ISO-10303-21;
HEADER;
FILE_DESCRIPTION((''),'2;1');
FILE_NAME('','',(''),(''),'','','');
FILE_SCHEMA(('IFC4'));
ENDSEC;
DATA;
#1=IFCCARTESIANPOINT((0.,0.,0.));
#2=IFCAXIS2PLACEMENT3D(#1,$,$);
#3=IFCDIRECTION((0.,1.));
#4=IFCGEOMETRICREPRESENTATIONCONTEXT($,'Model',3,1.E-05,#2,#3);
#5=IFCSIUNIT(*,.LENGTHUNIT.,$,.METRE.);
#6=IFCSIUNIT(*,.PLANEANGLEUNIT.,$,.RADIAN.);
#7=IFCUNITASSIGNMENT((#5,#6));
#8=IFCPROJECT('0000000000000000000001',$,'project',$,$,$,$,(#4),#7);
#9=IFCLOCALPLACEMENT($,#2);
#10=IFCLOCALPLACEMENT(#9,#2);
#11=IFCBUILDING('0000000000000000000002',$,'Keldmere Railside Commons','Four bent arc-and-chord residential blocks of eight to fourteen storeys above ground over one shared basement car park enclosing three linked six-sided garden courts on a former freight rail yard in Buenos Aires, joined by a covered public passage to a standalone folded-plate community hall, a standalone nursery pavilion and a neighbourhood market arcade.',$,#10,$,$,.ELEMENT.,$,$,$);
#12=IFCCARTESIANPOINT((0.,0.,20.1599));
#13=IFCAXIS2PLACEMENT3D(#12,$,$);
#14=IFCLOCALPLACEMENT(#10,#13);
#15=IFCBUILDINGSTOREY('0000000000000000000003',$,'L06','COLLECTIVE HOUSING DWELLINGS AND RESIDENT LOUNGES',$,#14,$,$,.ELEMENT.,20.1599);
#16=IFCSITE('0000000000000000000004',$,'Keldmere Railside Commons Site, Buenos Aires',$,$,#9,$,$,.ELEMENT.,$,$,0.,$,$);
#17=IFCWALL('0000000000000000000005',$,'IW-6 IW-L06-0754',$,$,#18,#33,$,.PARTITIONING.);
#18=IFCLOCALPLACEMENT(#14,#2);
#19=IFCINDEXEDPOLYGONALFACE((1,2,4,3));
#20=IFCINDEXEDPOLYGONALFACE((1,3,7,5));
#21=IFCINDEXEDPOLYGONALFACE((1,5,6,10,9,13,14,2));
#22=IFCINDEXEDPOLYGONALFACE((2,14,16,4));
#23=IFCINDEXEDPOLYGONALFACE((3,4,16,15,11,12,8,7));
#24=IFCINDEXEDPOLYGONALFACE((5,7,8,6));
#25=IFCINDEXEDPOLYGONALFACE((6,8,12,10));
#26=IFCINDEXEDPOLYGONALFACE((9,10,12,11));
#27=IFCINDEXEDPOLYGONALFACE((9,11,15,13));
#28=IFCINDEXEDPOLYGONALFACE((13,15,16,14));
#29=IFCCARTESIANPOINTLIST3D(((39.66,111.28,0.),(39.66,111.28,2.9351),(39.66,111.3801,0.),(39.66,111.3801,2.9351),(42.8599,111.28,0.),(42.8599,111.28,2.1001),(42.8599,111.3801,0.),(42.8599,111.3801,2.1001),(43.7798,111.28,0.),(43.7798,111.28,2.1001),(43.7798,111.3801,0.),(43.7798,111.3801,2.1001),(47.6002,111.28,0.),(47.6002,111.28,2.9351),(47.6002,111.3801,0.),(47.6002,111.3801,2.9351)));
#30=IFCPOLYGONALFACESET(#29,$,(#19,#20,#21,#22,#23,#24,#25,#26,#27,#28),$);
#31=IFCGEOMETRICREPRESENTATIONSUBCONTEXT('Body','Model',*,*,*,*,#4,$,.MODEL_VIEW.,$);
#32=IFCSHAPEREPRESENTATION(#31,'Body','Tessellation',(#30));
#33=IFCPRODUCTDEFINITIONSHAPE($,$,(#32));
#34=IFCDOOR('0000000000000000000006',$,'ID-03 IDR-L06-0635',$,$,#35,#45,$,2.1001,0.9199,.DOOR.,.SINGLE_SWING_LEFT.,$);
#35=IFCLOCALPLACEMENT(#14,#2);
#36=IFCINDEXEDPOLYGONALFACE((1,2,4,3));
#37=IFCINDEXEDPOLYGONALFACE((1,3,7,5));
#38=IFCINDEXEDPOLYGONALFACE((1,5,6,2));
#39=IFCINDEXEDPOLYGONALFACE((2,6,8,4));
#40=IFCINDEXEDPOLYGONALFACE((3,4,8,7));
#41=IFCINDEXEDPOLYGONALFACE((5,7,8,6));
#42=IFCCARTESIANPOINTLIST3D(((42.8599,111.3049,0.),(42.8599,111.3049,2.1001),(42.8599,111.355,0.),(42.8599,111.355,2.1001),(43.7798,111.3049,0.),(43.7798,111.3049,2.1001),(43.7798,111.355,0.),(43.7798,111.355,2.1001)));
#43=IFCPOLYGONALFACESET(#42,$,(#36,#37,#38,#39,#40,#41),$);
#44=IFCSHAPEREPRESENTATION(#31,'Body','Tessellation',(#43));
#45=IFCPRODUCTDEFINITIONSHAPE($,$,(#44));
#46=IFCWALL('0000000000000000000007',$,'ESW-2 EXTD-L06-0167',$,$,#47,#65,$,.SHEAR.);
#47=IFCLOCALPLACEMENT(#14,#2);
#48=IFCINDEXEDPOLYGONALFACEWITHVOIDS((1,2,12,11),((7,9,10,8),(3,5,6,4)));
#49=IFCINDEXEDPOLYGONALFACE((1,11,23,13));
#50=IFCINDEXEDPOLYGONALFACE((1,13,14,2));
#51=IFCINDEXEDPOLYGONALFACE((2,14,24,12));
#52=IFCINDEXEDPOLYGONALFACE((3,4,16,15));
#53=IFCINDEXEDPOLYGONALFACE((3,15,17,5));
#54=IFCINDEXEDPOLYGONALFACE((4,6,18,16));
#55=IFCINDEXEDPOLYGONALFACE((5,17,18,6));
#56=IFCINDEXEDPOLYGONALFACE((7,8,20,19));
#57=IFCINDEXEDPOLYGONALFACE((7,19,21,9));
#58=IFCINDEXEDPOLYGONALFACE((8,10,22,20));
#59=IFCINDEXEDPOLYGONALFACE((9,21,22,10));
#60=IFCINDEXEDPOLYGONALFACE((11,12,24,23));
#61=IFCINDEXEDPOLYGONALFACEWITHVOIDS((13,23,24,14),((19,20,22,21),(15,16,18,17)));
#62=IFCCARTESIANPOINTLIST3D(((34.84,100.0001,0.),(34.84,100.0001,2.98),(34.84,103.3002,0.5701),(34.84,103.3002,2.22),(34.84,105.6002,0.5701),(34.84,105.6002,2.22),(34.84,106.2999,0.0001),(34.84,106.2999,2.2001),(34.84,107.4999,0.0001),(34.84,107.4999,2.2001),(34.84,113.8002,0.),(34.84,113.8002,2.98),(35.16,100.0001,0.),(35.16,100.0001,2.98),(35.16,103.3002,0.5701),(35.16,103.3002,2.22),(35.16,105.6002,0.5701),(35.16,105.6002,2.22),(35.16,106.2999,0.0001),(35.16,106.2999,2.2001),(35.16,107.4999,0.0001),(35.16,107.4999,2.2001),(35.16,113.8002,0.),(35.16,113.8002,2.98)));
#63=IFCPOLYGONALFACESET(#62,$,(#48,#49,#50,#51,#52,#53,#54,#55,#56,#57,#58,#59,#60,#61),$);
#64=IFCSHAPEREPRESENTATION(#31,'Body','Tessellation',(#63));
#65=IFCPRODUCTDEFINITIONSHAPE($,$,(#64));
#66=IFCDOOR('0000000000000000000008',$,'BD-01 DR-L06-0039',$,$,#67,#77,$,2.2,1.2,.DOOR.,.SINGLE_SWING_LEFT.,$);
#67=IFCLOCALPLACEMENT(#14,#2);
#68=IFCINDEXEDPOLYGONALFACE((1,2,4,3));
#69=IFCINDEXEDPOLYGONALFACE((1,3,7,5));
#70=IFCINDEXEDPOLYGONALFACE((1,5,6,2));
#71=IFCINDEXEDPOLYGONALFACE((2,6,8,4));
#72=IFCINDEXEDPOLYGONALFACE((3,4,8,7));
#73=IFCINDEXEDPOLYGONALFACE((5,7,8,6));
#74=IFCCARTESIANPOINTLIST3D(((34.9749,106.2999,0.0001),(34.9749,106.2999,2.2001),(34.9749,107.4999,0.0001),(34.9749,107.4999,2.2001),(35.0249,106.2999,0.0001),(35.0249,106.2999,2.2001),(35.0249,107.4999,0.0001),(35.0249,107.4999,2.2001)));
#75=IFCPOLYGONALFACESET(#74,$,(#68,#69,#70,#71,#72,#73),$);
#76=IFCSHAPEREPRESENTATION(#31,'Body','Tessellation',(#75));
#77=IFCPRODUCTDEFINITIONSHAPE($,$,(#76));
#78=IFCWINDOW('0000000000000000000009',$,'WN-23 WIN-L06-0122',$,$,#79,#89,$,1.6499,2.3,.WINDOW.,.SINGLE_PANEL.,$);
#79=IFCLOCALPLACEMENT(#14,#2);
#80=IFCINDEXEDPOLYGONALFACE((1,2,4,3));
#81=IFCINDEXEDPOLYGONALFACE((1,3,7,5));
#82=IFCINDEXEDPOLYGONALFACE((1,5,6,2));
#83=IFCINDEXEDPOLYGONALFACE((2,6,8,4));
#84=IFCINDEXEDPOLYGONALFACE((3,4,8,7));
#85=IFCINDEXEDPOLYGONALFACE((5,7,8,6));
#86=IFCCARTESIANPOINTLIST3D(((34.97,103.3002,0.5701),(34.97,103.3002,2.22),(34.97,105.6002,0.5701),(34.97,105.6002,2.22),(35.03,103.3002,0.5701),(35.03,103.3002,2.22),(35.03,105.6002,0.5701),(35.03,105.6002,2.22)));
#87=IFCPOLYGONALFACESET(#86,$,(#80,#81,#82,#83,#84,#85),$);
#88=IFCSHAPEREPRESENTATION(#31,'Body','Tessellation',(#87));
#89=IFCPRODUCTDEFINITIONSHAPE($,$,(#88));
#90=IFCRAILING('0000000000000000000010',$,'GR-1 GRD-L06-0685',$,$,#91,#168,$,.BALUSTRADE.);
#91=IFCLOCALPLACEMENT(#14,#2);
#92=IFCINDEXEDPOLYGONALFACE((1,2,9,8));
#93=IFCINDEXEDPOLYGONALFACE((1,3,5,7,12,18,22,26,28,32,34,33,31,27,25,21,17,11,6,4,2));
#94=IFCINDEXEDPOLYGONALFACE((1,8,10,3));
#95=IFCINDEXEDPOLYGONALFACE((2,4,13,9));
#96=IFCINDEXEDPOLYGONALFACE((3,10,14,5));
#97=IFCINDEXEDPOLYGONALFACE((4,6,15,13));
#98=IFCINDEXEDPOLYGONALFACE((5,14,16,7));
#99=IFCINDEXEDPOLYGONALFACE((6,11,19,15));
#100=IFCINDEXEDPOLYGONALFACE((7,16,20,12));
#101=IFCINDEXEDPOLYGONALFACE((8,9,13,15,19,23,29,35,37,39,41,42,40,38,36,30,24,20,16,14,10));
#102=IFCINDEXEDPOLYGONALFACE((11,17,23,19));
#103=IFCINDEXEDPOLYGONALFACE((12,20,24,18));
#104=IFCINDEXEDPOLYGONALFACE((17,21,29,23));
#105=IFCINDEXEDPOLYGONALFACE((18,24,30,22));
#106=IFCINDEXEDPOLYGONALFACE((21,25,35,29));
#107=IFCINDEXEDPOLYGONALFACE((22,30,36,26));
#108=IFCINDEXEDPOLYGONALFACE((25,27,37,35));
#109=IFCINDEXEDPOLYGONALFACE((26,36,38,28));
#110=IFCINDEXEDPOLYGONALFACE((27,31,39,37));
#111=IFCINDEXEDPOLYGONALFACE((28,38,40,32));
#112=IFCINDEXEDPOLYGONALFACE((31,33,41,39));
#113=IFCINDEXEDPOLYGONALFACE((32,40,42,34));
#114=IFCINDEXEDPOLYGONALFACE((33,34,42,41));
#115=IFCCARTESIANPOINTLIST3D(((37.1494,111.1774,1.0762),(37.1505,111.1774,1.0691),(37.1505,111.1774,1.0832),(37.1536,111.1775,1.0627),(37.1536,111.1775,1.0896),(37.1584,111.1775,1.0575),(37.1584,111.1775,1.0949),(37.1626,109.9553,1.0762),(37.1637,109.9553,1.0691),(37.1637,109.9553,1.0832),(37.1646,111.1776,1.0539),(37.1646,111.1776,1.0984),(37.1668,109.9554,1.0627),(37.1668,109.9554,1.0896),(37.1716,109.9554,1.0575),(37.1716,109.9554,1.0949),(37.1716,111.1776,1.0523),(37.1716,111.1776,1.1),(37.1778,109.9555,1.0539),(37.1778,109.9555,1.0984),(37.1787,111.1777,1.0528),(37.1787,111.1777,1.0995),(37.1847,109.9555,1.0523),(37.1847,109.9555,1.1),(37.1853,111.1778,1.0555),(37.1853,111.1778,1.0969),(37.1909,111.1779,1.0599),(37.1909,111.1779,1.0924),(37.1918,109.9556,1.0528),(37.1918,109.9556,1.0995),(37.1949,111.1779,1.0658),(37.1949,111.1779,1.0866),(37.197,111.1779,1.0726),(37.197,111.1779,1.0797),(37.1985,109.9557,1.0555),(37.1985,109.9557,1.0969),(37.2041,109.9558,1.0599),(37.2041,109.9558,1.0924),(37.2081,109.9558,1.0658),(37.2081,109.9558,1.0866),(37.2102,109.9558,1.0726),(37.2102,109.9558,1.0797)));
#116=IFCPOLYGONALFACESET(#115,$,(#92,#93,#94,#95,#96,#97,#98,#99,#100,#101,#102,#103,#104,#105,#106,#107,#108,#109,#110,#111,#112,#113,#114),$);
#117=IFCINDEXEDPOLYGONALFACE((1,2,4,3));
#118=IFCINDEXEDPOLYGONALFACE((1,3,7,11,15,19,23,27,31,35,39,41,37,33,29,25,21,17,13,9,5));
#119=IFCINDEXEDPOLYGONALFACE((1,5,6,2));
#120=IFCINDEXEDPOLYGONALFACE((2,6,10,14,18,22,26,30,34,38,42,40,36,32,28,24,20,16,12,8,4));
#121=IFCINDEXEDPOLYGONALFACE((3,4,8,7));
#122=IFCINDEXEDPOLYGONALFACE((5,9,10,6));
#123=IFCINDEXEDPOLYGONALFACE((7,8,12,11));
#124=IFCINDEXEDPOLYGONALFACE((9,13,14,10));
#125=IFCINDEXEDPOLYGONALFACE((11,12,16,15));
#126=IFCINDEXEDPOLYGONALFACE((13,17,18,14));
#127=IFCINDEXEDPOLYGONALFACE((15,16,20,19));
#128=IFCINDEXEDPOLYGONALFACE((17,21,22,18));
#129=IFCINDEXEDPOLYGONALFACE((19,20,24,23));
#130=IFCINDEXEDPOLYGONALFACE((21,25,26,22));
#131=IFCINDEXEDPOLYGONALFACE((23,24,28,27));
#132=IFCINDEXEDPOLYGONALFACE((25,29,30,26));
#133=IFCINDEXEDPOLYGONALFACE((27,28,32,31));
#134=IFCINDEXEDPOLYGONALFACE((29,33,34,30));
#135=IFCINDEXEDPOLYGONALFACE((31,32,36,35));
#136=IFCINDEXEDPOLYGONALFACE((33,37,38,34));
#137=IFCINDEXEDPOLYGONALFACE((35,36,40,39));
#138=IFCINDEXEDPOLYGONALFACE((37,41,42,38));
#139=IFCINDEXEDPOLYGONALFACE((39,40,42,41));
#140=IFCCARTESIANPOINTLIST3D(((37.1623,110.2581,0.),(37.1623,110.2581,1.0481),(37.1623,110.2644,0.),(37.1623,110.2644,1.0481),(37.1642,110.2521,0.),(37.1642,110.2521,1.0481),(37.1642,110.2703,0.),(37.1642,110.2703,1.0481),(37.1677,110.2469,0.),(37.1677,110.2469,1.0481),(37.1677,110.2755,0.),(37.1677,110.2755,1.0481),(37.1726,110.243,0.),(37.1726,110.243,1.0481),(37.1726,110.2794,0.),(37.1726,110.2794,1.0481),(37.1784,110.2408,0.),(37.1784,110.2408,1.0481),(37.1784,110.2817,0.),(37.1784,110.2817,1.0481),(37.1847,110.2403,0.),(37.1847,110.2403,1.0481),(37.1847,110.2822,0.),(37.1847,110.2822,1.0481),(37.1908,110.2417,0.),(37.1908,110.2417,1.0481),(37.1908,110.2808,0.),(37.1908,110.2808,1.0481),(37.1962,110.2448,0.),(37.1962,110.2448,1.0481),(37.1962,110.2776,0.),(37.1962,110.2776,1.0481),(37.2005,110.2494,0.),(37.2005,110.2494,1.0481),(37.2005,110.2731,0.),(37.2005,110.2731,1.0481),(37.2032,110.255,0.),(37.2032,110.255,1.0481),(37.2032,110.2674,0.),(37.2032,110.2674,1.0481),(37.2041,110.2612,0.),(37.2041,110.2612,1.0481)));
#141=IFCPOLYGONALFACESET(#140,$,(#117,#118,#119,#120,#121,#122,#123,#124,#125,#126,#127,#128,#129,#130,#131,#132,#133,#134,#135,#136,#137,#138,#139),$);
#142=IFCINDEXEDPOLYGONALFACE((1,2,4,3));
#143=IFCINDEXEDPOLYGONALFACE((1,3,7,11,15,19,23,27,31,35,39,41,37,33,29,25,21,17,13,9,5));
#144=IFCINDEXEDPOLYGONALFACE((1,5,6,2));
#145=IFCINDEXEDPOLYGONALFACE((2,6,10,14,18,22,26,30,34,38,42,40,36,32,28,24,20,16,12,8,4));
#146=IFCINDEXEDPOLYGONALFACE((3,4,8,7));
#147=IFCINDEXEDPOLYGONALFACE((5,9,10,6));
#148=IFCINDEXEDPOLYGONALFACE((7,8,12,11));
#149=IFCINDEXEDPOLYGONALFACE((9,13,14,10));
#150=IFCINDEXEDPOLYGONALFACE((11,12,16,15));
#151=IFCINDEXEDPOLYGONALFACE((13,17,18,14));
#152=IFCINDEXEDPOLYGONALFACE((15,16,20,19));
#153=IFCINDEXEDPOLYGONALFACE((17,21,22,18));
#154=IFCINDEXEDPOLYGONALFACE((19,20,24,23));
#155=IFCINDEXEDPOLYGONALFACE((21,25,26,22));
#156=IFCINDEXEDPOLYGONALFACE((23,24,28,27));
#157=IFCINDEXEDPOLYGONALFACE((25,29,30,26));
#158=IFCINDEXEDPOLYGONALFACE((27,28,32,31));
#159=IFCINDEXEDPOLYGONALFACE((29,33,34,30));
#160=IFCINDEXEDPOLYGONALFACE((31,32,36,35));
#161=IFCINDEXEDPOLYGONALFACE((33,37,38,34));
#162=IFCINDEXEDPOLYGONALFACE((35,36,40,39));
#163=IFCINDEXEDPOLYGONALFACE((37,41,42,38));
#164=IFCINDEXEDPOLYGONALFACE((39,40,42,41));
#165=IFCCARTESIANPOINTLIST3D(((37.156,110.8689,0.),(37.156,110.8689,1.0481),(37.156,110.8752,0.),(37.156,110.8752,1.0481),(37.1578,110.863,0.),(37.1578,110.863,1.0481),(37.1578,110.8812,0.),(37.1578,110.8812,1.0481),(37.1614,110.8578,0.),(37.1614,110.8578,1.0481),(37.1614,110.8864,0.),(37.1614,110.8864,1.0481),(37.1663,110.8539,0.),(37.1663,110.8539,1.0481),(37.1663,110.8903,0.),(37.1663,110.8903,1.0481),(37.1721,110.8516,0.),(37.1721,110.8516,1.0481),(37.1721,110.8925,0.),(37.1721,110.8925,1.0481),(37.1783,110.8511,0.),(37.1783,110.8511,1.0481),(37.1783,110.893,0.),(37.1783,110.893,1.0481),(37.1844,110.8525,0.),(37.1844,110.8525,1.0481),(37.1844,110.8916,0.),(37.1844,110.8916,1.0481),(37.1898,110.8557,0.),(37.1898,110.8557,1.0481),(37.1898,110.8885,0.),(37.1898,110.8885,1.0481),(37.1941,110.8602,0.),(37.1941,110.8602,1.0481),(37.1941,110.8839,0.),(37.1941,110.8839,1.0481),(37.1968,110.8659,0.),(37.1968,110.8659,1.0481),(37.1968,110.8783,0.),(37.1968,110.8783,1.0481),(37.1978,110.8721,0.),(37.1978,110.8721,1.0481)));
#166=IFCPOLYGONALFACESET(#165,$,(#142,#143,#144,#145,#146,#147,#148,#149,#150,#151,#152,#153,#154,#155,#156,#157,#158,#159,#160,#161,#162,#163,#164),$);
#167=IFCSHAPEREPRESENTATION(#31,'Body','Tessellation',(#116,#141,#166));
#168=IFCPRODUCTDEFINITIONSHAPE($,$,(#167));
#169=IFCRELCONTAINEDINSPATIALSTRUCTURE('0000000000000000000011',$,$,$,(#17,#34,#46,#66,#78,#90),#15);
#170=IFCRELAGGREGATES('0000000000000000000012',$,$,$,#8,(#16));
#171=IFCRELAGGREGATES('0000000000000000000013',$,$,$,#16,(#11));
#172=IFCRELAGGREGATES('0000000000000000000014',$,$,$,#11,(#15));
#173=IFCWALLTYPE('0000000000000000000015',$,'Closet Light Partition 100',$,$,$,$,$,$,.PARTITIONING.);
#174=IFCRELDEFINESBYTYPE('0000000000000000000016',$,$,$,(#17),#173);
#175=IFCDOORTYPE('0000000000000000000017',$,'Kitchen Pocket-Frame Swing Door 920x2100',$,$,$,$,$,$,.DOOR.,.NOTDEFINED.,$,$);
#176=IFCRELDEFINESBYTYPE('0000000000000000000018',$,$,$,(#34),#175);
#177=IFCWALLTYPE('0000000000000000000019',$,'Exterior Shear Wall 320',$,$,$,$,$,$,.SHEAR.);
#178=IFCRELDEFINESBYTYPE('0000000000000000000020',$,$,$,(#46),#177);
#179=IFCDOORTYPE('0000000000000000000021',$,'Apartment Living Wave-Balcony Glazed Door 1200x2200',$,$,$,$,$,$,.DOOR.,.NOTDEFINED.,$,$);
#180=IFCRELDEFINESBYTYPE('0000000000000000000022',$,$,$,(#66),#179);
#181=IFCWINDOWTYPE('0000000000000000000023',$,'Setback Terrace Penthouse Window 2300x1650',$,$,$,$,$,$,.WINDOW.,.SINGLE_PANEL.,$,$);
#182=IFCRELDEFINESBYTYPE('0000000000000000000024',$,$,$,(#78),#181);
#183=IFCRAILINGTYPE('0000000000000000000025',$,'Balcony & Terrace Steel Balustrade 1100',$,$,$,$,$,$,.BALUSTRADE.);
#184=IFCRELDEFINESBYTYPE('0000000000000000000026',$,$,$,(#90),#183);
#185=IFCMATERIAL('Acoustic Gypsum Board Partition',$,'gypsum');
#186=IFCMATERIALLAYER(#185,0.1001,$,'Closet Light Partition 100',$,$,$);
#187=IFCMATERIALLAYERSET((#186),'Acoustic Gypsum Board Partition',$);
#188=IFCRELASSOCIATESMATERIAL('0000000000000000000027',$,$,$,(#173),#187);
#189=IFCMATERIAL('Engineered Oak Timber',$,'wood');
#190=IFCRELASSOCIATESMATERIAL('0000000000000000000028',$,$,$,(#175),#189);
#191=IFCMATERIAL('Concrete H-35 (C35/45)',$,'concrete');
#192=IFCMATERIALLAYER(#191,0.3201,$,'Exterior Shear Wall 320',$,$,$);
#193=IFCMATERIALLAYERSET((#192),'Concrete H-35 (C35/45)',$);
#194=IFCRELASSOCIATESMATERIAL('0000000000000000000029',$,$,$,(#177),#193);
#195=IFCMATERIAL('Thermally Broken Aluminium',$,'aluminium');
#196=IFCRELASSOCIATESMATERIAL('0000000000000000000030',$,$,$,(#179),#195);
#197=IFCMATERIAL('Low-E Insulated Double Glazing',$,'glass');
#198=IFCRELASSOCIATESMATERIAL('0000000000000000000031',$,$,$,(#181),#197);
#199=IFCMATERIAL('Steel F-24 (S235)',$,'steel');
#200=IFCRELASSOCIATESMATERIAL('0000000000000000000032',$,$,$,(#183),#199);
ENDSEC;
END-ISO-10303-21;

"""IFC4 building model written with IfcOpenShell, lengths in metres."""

from ifc_helpers import new_model, si_unit, direction, frame, frame_2d, origin, origin_2d, place, context, subcontext, project, spatial, rectangle, circle, extrude, material, layer, layer_set, type_object, element, fill, save


model = new_model("IFC4")

# Units and contexts
model_context = context("Model", 3, precision=1e-05, world=origin(), true_north=direction((0.0, 1.0)))
body_context = subcontext(model_context, "Body", "Model", "MODEL_VIEW")
ifc_project = project(units=[si_unit("LENGTHUNIT", "METRE"), si_unit("PLANEANGLEUNIT", "RADIAN")], contexts=[model_context])

# Site, building, storey
site_placement = place(None, origin())
site = spatial("IfcSite", under=ifc_project, at=site_placement, Name="Keldmere Railside Commons Site, Buenos Aires", CompositionType="ELEMENT", RefElevation=0.0)
building_placement = place(site_placement, origin())
building = spatial("IfcBuilding", under=site, at=building_placement, Name="Keldmere Railside Commons", Description="Four bent arc-and-chord residential blocks of eight to fourteen storeys above ground over one shared basement car park enclosing three linked six-sided garden courts on a former freight rail yard in Buenos Aires, joined by a covered public passage to a standalone folded-plate community hall, a standalone nursery pavilion and a neighbourhood market arcade.", CompositionType="ELEMENT")
storey_placement = place(building_placement, frame((0.0, 0.0, 20.1599)))
storey = spatial("IfcBuildingStorey", under=building, at=storey_placement, Name="L06", Description="COLLECTIVE HOUSING DWELLINGS AND RESIDENT LOUNGES", CompositionType="ELEMENT", Elevation=20.1599)

# Wall, opening, door
ifc_material_1 = material(Name="Acoustic Gypsum Board Partition", Category="gypsum")
ifc_layer_1 = layer(ifc_material_1, 0.1001, Name="Closet Light Partition 100")
ifc_layer_set_1 = layer_set([ifc_layer_1], Name="Acoustic Gypsum Board Partition")
wall_type_1 = type_object("IfcWallType", Name="Closet Light Partition 100", PredefinedType="PARTITIONING", material=ifc_layer_set_1)
wall_1_placement = place(storey_placement, frame((39.6599, 111.3301, 0.0), z_axis=(0.0, 0.0, 1.0), x_axis=(1.0, 0.0, 0.0)))
wall_1 = element("IfcWall", 1, at=wall_1_placement, inside=storey, type_object=wall_type_1, Name="IW-6 IW-L06-0754", PredefinedType="PARTITIONING", context=body_context, shape_type="SweptSolid", body=[
    extrude(rectangle(XDim=7.9402, YDim=0.1001, at=frame_2d((3.9702, 0.0))), origin(), (0.0, 0.0, 1.0), 2.9351),
])
opening_1_placement = place(wall_1_placement, frame((3.2, 0.0, 0.0)))
opening_1 = element("IfcOpeningElement", 2, at=opening_1_placement, cuts=wall_1, PredefinedType="OPENING", context=body_context, shape_type="SweptSolid", body=[
    extrude(rectangle(XDim=0.9199, YDim=2.1001, at=frame_2d((0.46, 1.05))), frame((0.0, 0.0601, 0.0), z_axis=(0.0, -1.0, 0.0), x_axis=(1.0, 0.0, 0.0)), (0.0, 0.0, 1.0), 0.1201),
])
ifc_material_2 = material(Name="Engineered Oak Timber", Category="wood")
door_type_1 = type_object("IfcDoorType", Name="Kitchen Pocket-Frame Swing Door 920x2100", OperationType="NOTDEFINED", PredefinedType="DOOR", material=ifc_material_2)
door_1_placement = place(opening_1_placement, origin())
door_1 = element("IfcDoor", 3, at=door_1_placement, inside=storey, type_object=door_type_1, Name="ID-03 IDR-L06-0635", OperationType="SINGLE_SWING_LEFT", OverallHeight=2.1001, OverallWidth=0.9199, PredefinedType="DOOR", context=body_context, shape_type="SweptSolid", body=[
    extrude(rectangle(XDim=0.9199, YDim=2.1001, at=frame_2d((0.46, 1.05))), frame((0.0, 0.0249, 0.0), z_axis=(0.0, -1.0, 0.0), x_axis=(1.0, 0.0, 0.0)), (0.0, 0.0, 1.0), 0.05),
])
fill(opening_1, door_1)

# Wall, openings, door, window
ifc_material_3 = material(Name="Concrete H-35 (C35/45)", Category="concrete")
ifc_layer_2 = layer(ifc_material_3, 0.3201, Name="Exterior Shear Wall 320")
ifc_layer_set_2 = layer_set([ifc_layer_2], Name="Concrete H-35 (C35/45)")
wall_type_2 = type_object("IfcWallType", Name="Exterior Shear Wall 320", PredefinedType="SHEAR", material=ifc_layer_set_2)
wall_2_placement = place(storey_placement, frame((35.0, 113.8, 0.0), z_axis=(0.0, 0.0, 1.0), x_axis=(0.0, -1.0, 0.0)))
wall_2 = element("IfcWall", 4, at=wall_2_placement, inside=storey, type_object=wall_type_2, Name="ESW-2 EXTD-L06-0167", PredefinedType="SHEAR", context=body_context, shape_type="SweptSolid", body=[
    extrude(rectangle(XDim=13.8, YDim=0.3201, at=frame_2d((6.8999, 0.0))), origin(), (0.0, 0.0, 1.0), 2.98),
])
opening_2_placement = place(wall_2_placement, frame((6.3, 0.0, 0.0)))
opening_2 = element("IfcOpeningElement", 5, at=opening_2_placement, cuts=wall_2, PredefinedType="OPENING", context=body_context, shape_type="SweptSolid", body=[
    extrude(rectangle(XDim=1.2, YDim=2.2, at=frame_2d((0.6001, 1.1001))), frame((0.0, 0.1699, 0.0), z_axis=(0.0, -1.0, 0.0), x_axis=(1.0, 0.0, 0.0)), (0.0, 0.0, 1.0), 0.3401),
])
opening_3_placement = place(wall_2_placement, frame((8.2, 0.0, 0.5701)))
opening_3 = element("IfcOpeningElement", 6, at=opening_3_placement, cuts=wall_2, PredefinedType="OPENING", context=body_context, shape_type="SweptSolid", body=[
    extrude(rectangle(XDim=2.3, YDim=1.6499, at=frame_2d((1.1499, 0.825))), frame((0.0, 0.1699, 0.0), z_axis=(0.0, -1.0, 0.0), x_axis=(1.0, 0.0, 0.0)), (0.0, 0.0, 1.0), 0.3401),
])
ifc_material_4 = material(Name="Thermally Broken Aluminium", Category="aluminium")
door_type_2 = type_object("IfcDoorType", Name="Apartment Living Wave-Balcony Glazed Door 1200x2200", OperationType="NOTDEFINED", PredefinedType="DOOR", material=ifc_material_4)
door_2_placement = place(opening_2_placement, origin())
door_2 = element("IfcDoor", 7, at=door_2_placement, inside=storey, type_object=door_type_2, Name="BD-01 DR-L06-0039", OperationType="SINGLE_SWING_LEFT", OverallHeight=2.2, OverallWidth=1.2, PredefinedType="DOOR", context=body_context, shape_type="SweptSolid", body=[
    extrude(rectangle(XDim=1.2, YDim=2.2, at=frame_2d((0.6001, 1.1001))), frame((0.0, 0.0249, 0.0), z_axis=(0.0, -1.0, 0.0), x_axis=(1.0, 0.0, 0.0)), (0.0, 0.0, 1.0), 0.05),
])
fill(opening_2, door_2)
ifc_material_5 = material(Name="Low-E Insulated Double Glazing", Category="glass")
window_type_1 = type_object("IfcWindowType", Name="Setback Terrace Penthouse Window 2300x1650", PartitioningType="SINGLE_PANEL", PredefinedType="WINDOW", material=ifc_material_5)
window_1_placement = place(opening_3_placement, origin())
window_1 = element("IfcWindow", 8, at=window_1_placement, inside=storey, type_object=window_type_1, Name="WN-23 WIN-L06-0122", OverallHeight=1.6499, OverallWidth=2.3, PartitioningType="SINGLE_PANEL", PredefinedType="WINDOW", context=body_context, shape_type="SweptSolid", body=[
    extrude(rectangle(XDim=2.3, YDim=1.6499, at=frame_2d((1.1499, 0.825))), frame((0.0, 0.03, 0.0), z_axis=(0.0, -1.0, 0.0), x_axis=(1.0, 0.0, 0.0)), (0.0, 0.0, 1.0), 0.0601),
])
fill(opening_3, window_1)

# Railing
ifc_material_6 = material(Name="Steel F-24 (S235)", Category="steel")
railing_type = type_object("IfcRailingType", Name="Balcony & Terrace Steel Balustrade 1100", PredefinedType="BALUSTRADE", material=ifc_material_6)
railing_1_placement = place(storey_placement, frame((37.1865, 109.9556, 0.0)))
element("IfcRailing", 9, at=railing_1_placement, inside=storey, type_object=railing_type, Name="GR-1 GRD-L06-0685", PredefinedType="BALUSTRADE", context=body_context, shape_type="SweptSolid", body=[
    extrude(circle(Radius=0.0239, at=origin_2d()), frame((0.0, 0.0, 1.0762), z_axis=(-0.010786, 0.999942, 0.0), x_axis=(-0.999942, -0.010786, 0.0)), (0.0, 0.0, 1.0), 1.2222),
    extrude(circle(Radius=0.021, at=origin_2d()), frame((-0.0034, 0.3057, 0.0)), (0.0, 0.0, 1.0), 1.0481),
    extrude(circle(Radius=0.021, at=origin_2d()), frame((-0.0098, 0.9165, 0.0)), (0.0, 0.0, 1.0), 1.0481),
])

save(model, "model.ifc")
